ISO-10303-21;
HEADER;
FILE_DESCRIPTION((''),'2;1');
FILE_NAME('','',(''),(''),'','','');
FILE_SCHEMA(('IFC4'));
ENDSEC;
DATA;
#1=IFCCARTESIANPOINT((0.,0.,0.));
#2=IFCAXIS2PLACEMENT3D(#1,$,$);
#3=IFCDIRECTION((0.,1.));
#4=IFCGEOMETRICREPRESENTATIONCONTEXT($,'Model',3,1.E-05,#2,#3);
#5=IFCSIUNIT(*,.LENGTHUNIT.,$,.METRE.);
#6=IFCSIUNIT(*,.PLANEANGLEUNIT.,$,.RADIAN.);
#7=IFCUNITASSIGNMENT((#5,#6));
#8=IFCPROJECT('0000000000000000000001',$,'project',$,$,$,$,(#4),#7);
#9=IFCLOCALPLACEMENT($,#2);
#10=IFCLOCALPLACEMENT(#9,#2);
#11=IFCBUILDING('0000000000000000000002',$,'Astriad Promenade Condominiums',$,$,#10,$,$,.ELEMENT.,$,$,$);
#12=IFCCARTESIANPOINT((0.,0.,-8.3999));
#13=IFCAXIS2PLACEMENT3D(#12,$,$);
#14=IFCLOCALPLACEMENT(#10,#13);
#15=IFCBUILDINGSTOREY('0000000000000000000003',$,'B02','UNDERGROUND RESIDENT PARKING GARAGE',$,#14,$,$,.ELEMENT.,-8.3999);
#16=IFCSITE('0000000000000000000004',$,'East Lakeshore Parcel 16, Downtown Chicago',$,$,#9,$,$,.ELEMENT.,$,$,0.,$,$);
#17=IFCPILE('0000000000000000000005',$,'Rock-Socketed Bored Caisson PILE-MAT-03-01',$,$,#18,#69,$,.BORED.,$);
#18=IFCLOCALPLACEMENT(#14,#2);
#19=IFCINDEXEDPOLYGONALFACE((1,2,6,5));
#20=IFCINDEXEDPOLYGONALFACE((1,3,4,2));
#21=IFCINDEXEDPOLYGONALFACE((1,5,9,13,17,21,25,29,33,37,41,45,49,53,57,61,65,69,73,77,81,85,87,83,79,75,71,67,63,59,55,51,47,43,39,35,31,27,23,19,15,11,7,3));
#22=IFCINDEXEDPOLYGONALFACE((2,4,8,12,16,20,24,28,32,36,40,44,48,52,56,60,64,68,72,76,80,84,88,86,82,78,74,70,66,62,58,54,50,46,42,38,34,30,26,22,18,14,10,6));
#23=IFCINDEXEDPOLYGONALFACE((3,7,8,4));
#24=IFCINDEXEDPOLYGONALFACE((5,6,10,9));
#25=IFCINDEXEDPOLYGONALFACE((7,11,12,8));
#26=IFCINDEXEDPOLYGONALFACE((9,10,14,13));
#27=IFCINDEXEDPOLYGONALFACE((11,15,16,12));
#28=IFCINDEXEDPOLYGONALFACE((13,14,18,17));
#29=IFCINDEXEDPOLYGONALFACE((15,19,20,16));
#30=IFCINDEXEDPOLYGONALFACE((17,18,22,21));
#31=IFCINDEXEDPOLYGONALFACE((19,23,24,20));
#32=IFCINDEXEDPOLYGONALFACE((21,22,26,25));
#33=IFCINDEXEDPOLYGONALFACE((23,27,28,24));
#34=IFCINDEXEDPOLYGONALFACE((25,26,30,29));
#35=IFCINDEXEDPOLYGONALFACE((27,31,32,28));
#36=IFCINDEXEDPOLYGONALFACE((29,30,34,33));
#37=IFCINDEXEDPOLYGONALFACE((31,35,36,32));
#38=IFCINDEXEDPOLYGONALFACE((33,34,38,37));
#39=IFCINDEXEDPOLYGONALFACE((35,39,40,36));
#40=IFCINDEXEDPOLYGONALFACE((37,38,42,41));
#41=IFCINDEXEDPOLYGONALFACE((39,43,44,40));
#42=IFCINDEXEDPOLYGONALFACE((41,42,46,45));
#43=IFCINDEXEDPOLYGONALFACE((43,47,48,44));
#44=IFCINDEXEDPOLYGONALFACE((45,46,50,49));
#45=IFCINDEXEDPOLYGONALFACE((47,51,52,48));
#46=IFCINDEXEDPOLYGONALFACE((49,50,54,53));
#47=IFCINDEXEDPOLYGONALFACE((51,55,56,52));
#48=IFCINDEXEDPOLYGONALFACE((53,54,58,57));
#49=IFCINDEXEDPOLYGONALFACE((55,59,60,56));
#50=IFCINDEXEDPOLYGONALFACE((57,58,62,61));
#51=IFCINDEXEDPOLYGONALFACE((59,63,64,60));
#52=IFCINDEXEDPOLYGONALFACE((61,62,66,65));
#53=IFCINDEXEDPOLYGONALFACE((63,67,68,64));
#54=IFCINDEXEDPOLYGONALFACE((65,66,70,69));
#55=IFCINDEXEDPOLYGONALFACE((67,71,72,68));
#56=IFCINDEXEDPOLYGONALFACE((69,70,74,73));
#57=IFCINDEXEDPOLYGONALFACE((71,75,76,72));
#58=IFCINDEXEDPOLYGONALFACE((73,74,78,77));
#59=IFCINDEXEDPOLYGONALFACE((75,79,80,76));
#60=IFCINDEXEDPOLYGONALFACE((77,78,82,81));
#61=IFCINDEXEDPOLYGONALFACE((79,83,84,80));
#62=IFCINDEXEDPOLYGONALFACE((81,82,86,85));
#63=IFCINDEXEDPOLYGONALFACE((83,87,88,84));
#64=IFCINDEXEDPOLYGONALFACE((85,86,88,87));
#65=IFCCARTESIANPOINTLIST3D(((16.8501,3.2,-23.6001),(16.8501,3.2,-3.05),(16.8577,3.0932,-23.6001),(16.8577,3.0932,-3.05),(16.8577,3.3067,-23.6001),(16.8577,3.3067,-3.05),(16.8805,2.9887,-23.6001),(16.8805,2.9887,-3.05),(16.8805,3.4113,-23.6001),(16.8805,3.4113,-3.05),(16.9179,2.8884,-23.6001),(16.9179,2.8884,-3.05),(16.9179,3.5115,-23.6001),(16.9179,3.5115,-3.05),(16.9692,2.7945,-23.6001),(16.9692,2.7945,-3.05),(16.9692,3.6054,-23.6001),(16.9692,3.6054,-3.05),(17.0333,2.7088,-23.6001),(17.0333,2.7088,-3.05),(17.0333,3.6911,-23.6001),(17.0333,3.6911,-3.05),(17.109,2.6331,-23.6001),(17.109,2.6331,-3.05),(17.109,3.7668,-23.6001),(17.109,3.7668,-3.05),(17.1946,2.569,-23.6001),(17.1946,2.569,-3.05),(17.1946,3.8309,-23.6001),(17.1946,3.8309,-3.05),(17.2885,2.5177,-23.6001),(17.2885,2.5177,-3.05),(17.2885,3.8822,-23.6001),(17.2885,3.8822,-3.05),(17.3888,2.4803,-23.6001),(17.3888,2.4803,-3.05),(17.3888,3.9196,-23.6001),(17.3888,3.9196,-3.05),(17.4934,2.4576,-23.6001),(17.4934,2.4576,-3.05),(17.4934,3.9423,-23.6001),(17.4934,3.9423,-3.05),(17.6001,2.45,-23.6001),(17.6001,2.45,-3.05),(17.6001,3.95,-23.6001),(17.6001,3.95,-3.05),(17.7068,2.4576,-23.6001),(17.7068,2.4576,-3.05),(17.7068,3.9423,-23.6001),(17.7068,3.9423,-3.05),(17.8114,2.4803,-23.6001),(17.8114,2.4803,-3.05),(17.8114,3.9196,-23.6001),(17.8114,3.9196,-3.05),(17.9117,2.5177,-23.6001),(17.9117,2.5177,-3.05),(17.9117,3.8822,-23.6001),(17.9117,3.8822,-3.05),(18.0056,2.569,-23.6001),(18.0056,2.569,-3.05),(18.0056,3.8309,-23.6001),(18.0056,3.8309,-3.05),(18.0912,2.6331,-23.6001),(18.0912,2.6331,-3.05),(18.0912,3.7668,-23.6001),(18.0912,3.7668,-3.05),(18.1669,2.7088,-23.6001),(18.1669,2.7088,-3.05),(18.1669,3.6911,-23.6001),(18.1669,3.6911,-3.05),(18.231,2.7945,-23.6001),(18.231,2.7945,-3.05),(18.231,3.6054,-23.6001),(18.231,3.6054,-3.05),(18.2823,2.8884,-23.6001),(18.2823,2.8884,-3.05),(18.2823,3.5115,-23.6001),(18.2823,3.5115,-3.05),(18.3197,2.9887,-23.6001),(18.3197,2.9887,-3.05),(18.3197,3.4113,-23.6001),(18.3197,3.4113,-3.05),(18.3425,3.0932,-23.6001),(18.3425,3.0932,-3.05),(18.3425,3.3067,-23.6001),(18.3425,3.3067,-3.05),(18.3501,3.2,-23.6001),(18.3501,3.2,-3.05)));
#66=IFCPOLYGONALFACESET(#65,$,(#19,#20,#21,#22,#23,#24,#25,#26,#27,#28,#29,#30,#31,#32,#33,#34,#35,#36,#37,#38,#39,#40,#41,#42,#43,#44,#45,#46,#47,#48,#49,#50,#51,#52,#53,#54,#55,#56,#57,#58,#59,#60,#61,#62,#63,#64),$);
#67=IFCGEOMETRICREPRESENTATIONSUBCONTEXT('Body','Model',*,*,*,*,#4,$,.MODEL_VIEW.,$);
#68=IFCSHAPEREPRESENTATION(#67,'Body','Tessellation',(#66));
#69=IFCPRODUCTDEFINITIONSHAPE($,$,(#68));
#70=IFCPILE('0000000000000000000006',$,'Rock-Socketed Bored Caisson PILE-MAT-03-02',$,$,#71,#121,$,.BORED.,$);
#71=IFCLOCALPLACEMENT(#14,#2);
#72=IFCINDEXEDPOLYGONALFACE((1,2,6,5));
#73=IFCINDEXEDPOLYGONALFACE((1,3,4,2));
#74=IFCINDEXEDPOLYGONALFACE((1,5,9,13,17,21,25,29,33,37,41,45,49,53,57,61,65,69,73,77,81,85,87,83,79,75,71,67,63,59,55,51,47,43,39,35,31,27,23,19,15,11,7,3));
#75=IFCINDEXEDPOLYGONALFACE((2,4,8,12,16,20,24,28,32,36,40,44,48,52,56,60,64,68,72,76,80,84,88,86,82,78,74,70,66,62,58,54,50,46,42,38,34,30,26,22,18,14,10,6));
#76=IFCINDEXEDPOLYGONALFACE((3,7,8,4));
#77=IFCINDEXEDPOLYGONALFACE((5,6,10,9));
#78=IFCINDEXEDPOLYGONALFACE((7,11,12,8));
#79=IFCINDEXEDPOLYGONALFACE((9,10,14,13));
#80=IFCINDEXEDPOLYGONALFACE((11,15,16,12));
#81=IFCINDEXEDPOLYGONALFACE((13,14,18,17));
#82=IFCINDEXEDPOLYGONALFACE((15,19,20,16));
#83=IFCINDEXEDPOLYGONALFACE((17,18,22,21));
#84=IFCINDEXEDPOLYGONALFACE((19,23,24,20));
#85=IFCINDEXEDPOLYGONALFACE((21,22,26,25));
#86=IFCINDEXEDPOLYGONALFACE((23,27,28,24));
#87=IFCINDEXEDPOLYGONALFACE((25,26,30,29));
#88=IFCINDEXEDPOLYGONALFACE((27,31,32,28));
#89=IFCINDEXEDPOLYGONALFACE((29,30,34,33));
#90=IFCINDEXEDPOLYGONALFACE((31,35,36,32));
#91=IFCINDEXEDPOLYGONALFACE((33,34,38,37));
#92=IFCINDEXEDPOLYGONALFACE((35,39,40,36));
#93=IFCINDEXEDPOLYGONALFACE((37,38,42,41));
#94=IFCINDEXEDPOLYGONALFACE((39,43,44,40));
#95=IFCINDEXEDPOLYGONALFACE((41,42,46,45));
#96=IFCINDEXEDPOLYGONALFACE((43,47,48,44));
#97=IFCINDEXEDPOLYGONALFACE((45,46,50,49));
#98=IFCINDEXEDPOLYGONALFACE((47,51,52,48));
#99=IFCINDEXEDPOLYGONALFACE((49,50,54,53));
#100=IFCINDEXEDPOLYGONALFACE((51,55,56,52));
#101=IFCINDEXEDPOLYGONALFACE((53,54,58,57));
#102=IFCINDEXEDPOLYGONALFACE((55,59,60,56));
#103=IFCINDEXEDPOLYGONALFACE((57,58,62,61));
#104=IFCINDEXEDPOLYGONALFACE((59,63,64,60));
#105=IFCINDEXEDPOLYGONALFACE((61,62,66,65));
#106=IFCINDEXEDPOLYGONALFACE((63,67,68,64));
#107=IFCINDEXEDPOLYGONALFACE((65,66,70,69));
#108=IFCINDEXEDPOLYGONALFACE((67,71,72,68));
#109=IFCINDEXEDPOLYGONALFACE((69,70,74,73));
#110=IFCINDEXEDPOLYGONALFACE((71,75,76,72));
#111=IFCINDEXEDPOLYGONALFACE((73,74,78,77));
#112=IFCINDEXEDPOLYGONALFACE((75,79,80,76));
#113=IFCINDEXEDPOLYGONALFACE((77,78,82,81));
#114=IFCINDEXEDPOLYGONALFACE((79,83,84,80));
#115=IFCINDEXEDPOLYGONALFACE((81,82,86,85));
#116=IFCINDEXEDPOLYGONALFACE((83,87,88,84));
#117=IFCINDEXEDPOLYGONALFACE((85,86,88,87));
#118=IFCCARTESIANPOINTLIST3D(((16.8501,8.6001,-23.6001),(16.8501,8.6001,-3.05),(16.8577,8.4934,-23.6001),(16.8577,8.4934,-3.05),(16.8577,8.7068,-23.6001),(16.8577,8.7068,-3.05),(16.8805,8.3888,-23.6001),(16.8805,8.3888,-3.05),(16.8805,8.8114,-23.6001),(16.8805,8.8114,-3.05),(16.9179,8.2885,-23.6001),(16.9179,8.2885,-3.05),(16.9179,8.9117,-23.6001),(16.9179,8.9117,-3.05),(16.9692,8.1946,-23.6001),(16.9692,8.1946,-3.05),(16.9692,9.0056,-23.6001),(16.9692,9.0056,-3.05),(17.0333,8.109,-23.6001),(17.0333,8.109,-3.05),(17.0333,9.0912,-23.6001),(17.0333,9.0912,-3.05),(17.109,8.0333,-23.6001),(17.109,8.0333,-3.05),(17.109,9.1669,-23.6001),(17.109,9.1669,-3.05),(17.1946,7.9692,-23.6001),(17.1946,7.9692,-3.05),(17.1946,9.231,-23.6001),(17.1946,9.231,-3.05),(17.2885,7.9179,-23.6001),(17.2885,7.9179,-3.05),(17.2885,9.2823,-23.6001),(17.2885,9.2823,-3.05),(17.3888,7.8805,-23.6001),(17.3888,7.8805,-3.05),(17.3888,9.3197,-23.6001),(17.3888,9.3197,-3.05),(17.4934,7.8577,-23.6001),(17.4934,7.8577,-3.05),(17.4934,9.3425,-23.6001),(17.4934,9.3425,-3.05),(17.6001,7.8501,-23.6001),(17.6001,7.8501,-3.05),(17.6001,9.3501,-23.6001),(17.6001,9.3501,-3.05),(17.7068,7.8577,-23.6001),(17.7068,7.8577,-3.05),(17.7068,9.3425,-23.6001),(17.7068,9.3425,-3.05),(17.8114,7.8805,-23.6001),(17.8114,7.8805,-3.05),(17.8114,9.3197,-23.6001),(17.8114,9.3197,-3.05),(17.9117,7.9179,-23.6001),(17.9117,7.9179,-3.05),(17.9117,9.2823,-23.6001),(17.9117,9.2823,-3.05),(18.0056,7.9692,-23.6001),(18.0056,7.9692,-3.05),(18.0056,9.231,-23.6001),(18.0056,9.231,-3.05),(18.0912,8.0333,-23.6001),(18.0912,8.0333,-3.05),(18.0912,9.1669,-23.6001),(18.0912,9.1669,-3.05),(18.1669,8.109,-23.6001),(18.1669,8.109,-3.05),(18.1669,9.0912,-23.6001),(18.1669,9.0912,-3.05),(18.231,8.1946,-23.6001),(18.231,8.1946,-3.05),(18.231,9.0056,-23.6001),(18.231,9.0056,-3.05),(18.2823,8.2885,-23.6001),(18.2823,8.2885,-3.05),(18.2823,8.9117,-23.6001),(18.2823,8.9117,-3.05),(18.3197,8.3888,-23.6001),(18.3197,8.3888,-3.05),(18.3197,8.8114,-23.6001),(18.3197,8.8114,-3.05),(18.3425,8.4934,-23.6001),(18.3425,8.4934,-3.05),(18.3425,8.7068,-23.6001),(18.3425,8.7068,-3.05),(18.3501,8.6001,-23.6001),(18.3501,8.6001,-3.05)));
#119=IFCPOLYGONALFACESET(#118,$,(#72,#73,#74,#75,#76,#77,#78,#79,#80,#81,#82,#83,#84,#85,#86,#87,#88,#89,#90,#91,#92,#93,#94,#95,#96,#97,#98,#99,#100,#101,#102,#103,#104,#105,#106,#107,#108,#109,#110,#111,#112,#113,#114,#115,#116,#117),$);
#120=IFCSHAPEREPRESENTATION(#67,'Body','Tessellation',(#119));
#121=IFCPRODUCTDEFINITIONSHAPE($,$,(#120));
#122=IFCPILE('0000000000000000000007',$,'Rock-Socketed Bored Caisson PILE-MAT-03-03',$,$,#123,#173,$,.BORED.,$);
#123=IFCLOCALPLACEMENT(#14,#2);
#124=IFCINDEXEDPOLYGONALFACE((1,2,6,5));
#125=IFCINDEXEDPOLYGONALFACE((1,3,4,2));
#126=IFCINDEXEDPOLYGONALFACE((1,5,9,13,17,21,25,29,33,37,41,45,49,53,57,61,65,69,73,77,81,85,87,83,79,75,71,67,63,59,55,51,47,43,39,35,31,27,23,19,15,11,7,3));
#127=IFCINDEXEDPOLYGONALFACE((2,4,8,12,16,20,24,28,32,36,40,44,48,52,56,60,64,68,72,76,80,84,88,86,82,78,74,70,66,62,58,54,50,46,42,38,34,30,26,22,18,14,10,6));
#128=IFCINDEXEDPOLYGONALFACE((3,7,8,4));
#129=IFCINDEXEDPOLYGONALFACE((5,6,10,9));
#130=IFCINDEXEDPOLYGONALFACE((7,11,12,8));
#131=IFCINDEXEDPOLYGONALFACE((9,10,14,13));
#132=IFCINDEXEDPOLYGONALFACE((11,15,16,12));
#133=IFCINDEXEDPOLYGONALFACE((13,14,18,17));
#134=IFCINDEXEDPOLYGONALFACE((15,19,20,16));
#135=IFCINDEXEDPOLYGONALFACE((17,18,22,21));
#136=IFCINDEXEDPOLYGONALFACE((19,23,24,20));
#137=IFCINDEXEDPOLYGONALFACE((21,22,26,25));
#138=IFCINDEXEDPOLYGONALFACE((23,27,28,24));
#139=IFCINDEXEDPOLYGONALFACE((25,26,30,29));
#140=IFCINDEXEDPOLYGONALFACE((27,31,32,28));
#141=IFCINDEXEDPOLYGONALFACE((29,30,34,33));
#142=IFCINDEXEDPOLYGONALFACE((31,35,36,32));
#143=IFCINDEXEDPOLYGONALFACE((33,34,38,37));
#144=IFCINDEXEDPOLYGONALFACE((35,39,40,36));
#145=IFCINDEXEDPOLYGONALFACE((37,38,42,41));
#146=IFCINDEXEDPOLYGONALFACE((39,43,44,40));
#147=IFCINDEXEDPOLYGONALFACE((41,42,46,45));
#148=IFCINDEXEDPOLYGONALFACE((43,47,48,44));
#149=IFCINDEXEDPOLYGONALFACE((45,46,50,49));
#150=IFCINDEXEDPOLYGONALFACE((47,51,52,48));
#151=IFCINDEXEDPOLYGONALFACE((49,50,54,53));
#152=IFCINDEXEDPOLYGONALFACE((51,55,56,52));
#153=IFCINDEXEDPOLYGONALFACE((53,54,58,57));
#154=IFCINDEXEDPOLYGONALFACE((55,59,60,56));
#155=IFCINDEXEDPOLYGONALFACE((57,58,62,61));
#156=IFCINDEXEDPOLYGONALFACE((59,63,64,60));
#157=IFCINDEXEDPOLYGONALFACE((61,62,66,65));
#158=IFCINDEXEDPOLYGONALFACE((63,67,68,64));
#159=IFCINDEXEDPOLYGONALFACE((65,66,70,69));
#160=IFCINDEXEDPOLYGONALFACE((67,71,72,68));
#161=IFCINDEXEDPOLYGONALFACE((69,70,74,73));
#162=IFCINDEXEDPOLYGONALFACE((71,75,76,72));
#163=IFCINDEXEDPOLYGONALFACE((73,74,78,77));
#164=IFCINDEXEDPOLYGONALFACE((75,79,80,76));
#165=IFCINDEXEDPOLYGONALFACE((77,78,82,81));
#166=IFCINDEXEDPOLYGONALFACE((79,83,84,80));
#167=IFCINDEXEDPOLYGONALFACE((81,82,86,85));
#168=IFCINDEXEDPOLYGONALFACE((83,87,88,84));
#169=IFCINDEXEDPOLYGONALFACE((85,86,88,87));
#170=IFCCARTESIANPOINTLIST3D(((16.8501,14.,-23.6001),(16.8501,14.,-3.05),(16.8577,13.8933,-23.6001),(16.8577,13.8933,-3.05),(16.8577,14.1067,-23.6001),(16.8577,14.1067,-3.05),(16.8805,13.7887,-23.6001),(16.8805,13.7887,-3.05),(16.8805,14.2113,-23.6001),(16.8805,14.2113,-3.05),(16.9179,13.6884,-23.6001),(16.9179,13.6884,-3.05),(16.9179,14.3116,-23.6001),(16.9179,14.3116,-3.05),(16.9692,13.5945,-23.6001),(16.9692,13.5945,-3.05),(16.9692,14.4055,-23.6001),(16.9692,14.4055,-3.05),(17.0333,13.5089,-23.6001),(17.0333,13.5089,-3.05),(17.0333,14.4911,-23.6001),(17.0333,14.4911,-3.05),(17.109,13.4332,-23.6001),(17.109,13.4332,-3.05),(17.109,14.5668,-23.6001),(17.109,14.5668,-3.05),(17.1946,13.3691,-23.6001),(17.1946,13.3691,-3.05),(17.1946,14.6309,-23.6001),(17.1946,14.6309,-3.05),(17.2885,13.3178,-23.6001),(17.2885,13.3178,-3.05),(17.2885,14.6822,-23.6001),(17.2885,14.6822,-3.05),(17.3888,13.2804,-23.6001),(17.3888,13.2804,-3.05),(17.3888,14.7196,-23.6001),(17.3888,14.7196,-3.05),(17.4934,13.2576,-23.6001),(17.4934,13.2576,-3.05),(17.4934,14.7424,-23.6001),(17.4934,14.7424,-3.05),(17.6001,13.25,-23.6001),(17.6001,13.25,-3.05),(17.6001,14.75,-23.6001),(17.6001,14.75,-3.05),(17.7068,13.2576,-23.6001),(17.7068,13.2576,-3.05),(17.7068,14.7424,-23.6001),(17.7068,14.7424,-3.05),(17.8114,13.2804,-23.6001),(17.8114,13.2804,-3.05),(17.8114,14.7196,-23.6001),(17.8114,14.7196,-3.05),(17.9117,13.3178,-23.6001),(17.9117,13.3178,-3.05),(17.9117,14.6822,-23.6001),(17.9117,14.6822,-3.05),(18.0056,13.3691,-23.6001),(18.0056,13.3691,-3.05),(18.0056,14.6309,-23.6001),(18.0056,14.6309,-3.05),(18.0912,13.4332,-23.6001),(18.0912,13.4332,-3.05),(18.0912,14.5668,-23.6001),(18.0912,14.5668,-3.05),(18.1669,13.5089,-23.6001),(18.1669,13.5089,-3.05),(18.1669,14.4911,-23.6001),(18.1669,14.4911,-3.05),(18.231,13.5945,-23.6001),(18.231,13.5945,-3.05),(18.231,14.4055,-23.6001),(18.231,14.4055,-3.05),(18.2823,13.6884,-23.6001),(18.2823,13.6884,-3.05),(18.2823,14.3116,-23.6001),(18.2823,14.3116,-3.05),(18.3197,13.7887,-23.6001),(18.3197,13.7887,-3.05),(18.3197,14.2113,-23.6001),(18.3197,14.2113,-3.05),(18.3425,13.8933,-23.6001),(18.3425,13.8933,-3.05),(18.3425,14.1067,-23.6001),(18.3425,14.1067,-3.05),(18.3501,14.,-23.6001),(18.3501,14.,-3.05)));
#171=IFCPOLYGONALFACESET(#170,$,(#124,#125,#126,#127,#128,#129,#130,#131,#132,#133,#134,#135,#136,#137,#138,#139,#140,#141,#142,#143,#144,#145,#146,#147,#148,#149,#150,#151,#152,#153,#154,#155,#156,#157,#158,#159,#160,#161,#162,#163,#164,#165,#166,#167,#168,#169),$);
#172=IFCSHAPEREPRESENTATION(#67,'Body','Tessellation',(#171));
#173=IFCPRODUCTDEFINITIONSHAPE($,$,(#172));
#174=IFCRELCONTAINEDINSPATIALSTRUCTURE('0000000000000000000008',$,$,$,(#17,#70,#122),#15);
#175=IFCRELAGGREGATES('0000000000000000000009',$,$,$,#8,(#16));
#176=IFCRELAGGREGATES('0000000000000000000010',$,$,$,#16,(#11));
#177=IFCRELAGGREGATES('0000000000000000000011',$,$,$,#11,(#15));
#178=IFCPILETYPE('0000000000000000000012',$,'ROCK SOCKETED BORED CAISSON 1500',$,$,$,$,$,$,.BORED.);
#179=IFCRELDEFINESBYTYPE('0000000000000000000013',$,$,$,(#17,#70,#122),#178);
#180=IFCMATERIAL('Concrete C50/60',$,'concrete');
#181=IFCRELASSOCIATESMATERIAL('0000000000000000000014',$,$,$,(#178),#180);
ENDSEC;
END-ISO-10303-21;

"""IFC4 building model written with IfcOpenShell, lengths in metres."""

from ifc_helpers import new_model, si_unit, direction, frame, origin, origin_2d, place, context, subcontext, project, spatial, circle, extrude, source, transform, mapped, material, material_profile, profile_set, type_object, type_shapes, element, save


model = new_model("IFC4")

# Units and contexts
model_context = context("Model", 3, precision=1e-05, world=origin(), true_north=direction((0.0, 1.0)))
body_context = subcontext(model_context, "Body", "Model", "MODEL_VIEW")
ifc_project = project(units=[si_unit("LENGTHUNIT", "METRE"), si_unit("PLANEANGLEUNIT", "RADIAN")], contexts=[model_context])

# Site, building, storey
site_placement = place(None, origin())
site = spatial("IfcSite", under=ifc_project, at=site_placement, Name="East Lakeshore Parcel 16, Downtown Chicago", CompositionType="ELEMENT", RefElevation=0.0)
building_placement = place(site_placement, origin())
building = spatial("IfcBuilding", under=site, at=building_placement, Name="Astriad Promenade Condominiums", CompositionType="ELEMENT")
storey_placement = place(building_placement, frame((0.0, 0.0, -8.3999)))
storey = spatial("IfcBuildingStorey", under=building, at=storey_placement, Name="B02", Description="UNDERGROUND RESIDENT PARKING GARAGE", CompositionType="ELEMENT", Elevation=-8.3999)

# Piles
ifc_material_1 = material(Name="Concrete C50/60", Category="concrete")
ifc_material_profile_1 = material_profile(ifc_material_1, circle(Radius=0.75, at=origin_2d()), Name="CAISSON-D1500")
ifc_profile_set_1 = profile_set([ifc_material_profile_1], Name="Concrete C50/60")
pile_type_1 = type_object("IfcPileType", Name="ROCK SOCKETED BORED CAISSON 1500", PredefinedType="BORED", material=ifc_profile_set_1)
shared_shape_1 = source(origin(), body_context, "Body", "SweptSolid", [
    extrude(circle(Radius=0.75, at=origin_2d()), origin(), (0.0, 0.0, 1.0), 20.55),
])
type_shapes(pile_type_1, [shared_shape_1])
for number, where, z_axis, x_axis, name in (
    (1, (17.6001, 3.2, -3.05), (0.0, 0.0, -1.0), (1.0, 0.0, 0.0), "Rock-Socketed Bored Caisson PILE-MAT-03-01"),
    (2, (17.6001, 8.6001, -3.05), (0.0, 0.0, -1.0), (1.0, 0.0, 0.0), "Rock-Socketed Bored Caisson PILE-MAT-03-02"),
    (3, (17.6001, 14.0, -3.05), (0.0, 0.0, -1.0), (1.0, 0.0, 0.0), "Rock-Socketed Bored Caisson PILE-MAT-03-03"),
):
    element("IfcPile", number, at=place(storey_placement, frame(where, z_axis=z_axis, x_axis=x_axis)), inside=storey, type_object=pile_type_1, Name=name, PredefinedType="BORED", context=body_context, shape_type="MappedRepresentation", body=[
        mapped(shared_shape_1, transform((0.0, 0.0, 0.0), scale=1.0)),
    ])

save(model, "model.ifc")
